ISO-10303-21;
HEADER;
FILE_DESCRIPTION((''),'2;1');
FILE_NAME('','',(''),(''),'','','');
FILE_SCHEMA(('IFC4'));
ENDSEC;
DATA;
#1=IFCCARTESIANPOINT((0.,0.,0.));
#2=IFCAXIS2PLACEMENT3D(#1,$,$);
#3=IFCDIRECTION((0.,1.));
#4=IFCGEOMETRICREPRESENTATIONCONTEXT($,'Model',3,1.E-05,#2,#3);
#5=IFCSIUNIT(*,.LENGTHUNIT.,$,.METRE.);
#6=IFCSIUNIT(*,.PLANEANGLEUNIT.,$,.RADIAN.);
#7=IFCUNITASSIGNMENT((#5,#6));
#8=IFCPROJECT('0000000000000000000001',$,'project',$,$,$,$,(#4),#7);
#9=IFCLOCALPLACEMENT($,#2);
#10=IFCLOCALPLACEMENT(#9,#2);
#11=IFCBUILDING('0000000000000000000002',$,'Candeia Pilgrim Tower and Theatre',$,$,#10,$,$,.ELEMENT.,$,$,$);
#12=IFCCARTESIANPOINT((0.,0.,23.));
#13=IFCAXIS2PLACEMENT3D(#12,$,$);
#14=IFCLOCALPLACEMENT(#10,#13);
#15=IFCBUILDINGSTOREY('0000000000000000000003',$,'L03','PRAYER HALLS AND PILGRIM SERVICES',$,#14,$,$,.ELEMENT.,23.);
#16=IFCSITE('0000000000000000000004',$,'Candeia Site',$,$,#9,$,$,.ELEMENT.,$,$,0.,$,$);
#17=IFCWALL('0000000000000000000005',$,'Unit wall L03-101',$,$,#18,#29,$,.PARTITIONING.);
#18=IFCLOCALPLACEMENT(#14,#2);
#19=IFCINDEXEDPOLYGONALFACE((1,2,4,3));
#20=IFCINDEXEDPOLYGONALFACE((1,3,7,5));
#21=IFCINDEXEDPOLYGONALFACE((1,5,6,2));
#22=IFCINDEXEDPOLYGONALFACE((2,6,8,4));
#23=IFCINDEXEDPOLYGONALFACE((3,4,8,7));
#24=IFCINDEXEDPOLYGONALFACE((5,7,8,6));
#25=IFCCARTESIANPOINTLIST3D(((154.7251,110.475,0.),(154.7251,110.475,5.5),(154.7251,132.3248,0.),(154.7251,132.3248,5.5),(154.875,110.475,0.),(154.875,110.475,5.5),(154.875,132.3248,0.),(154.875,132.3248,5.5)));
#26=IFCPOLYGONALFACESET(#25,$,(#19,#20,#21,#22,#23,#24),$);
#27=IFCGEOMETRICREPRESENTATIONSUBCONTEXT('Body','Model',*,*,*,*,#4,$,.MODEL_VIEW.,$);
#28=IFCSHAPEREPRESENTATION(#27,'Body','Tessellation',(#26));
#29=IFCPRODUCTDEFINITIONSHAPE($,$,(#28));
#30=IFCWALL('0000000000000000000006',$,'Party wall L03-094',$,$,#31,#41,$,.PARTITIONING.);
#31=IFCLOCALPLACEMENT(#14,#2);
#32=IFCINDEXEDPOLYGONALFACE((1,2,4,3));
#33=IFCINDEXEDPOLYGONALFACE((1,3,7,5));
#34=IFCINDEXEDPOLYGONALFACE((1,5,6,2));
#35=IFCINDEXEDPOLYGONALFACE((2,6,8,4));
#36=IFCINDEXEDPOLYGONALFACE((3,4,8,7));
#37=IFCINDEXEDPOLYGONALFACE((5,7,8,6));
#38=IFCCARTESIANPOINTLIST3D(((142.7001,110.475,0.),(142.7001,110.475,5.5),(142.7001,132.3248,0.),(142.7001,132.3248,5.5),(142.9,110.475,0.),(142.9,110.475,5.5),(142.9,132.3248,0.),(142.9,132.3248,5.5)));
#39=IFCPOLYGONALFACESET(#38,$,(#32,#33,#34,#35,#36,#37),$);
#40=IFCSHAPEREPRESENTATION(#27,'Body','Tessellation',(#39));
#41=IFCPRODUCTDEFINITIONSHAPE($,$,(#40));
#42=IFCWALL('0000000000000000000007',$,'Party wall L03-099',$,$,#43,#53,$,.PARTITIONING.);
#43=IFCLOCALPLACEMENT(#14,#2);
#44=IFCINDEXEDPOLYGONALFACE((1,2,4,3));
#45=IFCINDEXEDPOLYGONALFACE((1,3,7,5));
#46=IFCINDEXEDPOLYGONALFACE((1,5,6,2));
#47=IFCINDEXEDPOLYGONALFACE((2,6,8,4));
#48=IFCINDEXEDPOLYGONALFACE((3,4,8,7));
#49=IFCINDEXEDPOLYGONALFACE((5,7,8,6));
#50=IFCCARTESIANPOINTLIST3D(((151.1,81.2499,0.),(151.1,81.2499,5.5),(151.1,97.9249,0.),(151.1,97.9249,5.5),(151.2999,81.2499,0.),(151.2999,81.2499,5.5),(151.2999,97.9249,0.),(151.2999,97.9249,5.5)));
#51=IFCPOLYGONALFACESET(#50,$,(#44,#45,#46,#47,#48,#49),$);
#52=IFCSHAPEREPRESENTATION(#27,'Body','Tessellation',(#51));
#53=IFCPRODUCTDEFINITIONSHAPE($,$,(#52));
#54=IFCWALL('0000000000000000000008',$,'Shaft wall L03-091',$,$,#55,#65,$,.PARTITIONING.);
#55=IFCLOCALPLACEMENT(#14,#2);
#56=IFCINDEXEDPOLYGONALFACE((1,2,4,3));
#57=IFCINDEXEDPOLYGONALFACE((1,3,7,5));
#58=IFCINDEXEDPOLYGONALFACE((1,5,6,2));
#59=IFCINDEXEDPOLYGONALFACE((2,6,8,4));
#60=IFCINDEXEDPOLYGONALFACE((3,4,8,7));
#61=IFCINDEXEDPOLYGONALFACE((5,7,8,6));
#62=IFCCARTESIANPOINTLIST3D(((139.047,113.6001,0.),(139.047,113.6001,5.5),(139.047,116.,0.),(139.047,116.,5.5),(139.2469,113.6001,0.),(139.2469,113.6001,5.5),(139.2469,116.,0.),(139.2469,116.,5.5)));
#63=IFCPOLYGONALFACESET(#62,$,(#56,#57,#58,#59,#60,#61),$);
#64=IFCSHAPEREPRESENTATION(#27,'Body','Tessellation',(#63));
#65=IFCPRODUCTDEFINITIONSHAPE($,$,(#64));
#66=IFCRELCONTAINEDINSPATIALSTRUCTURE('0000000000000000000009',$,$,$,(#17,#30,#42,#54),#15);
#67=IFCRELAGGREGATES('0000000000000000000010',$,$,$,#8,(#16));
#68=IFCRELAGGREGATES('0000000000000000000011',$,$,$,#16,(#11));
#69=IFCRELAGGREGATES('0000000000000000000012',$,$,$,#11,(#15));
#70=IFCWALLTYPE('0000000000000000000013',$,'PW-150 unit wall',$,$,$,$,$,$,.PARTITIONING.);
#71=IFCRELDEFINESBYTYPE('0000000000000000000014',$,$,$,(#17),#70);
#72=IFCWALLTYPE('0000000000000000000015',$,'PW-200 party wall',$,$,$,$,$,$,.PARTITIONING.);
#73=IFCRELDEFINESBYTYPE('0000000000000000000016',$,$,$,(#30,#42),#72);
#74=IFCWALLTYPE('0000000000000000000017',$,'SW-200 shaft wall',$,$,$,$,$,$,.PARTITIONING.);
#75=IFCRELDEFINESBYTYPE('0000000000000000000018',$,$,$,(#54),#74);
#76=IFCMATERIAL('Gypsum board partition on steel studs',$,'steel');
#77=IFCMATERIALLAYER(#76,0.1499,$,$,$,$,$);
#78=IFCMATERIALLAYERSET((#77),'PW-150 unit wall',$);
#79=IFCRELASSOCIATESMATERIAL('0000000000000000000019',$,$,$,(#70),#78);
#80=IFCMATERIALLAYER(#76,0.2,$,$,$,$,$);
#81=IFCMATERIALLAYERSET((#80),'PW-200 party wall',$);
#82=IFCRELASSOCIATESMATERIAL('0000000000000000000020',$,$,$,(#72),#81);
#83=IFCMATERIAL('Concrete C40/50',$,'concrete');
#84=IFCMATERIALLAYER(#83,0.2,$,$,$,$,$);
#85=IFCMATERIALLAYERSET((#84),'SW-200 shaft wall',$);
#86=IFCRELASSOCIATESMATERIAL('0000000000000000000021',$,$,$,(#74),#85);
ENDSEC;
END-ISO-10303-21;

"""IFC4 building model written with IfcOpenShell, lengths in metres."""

from ifc_helpers import new_model, si_unit, direction, frame, frame_2d, origin, place, context, subcontext, project, spatial, rectangle, extrude, material, layer, layer_set, type_object, element, save


model = new_model("IFC4")

# Units and contexts
model_context = context("Model", 3, precision=1e-05, world=origin(), true_north=direction((0.0, 1.0)))
body_context = subcontext(model_context, "Body", "Model", "MODEL_VIEW")
ifc_project = project(units=[si_unit("LENGTHUNIT", "METRE"), si_unit("PLANEANGLEUNIT", "RADIAN")], contexts=[model_context])

# Site, building, storey
site_placement = place(None, origin())
site = spatial("IfcSite", under=ifc_project, at=site_placement, Name="Candeia Site", CompositionType="ELEMENT", RefElevation=0.0)
building_placement = place(site_placement, origin())
building = spatial("IfcBuilding", under=site, at=building_placement, Name="Candeia Pilgrim Tower and Theatre", CompositionType="ELEMENT")
storey_placement = place(building_placement, frame((0.0, 0.0, 23.0)))
storey = spatial("IfcBuildingStorey", under=building, at=storey_placement, Name="L03", Description="PRAYER HALLS AND PILGRIM SERVICES", CompositionType="ELEMENT", Elevation=23.0)

# Shared definitions
ifc_material_1 = material(Name="Gypsum board partition on steel studs", Category="steel")

# Walls
ifc_layer_1 = layer(ifc_material_1, 0.1499)
ifc_layer_set_1 = layer_set([ifc_layer_1], Name="PW-150 unit wall")
wall_type_1 = type_object("IfcWallType", Name="PW-150 unit wall", PredefinedType="PARTITIONING", material=ifc_layer_set_1)
wall_1_placement = place(storey_placement, frame((154.8, 110.4751, 0.0), z_axis=(0.0, 0.0, 1.0), x_axis=(0.0, 1.0, 0.0)))
element("IfcWall", 1, at=wall_1_placement, inside=storey, type_object=wall_type_1, Name="Unit wall L03-101", PredefinedType="PARTITIONING", context=body_context, shape_type="SweptSolid", body=[
    extrude(rectangle(XDim=21.8499, YDim=0.1499, at=frame_2d((10.9248, 0.0))), origin(), (0.0, 0.0, 1.0), 5.5),
])
ifc_layer_2 = layer(ifc_material_1, 0.2)
ifc_layer_set_2 = layer_set([ifc_layer_2], Name="PW-200 party wall")
wall_type_2 = type_object("IfcWallType", Name="PW-200 party wall", PredefinedType="PARTITIONING", material=ifc_layer_set_2)
wall_2_placement = place(storey_placement, frame((142.8, 110.4751, 0.0), z_axis=(0.0, 0.0, 1.0), x_axis=(0.0, 1.0, 0.0)))
element("IfcWall", 2, at=wall_2_placement, inside=storey, type_object=wall_type_2, Name="Party wall L03-094", PredefinedType="PARTITIONING", context=body_context, shape_type="SweptSolid", body=[
    extrude(rectangle(XDim=21.8499, YDim=0.2, at=frame_2d((10.9248, 0.0))), origin(), (0.0, 0.0, 1.0), 5.5),
])
wall_3_placement = place(storey_placement, frame((151.2, 81.25, 0.0), z_axis=(0.0, 0.0, 1.0), x_axis=(0.0, 1.0, 0.0)))
element("IfcWall", 3, at=wall_3_placement, inside=storey, type_object=wall_type_2, Name="Party wall L03-099", PredefinedType="PARTITIONING", context=body_context, shape_type="SweptSolid", body=[
    extrude(rectangle(XDim=16.675, YDim=0.2, at=frame_2d((8.3374, 0.0))), origin(), (0.0, 0.0, 1.0), 5.5),
])
ifc_material_2 = material(Name="Concrete C40/50", Category="concrete")
ifc_layer_3 = layer(ifc_material_2, 0.2)
ifc_layer_set_3 = layer_set([ifc_layer_3], Name="SW-200 shaft wall")
wall_type_3 = type_object("IfcWallType", Name="SW-200 shaft wall", PredefinedType="PARTITIONING", material=ifc_layer_set_3)
wall_4_placement = place(storey_placement, frame((139.147, 113.6001, 0.0), z_axis=(0.0, 0.0, 1.0), x_axis=(0.0, 1.0, 0.0)))
element("IfcWall", 4, at=wall_4_placement, inside=storey, type_object=wall_type_3, Name="Shaft wall L03-091", PredefinedType="PARTITIONING", context=body_context, shape_type="SweptSolid", body=[
    extrude(rectangle(XDim=2.3999, YDim=0.2, at=frame_2d((1.2, 0.0))), origin(), (0.0, 0.0, 1.0), 5.5),
])

save(model, "model.ifc")
